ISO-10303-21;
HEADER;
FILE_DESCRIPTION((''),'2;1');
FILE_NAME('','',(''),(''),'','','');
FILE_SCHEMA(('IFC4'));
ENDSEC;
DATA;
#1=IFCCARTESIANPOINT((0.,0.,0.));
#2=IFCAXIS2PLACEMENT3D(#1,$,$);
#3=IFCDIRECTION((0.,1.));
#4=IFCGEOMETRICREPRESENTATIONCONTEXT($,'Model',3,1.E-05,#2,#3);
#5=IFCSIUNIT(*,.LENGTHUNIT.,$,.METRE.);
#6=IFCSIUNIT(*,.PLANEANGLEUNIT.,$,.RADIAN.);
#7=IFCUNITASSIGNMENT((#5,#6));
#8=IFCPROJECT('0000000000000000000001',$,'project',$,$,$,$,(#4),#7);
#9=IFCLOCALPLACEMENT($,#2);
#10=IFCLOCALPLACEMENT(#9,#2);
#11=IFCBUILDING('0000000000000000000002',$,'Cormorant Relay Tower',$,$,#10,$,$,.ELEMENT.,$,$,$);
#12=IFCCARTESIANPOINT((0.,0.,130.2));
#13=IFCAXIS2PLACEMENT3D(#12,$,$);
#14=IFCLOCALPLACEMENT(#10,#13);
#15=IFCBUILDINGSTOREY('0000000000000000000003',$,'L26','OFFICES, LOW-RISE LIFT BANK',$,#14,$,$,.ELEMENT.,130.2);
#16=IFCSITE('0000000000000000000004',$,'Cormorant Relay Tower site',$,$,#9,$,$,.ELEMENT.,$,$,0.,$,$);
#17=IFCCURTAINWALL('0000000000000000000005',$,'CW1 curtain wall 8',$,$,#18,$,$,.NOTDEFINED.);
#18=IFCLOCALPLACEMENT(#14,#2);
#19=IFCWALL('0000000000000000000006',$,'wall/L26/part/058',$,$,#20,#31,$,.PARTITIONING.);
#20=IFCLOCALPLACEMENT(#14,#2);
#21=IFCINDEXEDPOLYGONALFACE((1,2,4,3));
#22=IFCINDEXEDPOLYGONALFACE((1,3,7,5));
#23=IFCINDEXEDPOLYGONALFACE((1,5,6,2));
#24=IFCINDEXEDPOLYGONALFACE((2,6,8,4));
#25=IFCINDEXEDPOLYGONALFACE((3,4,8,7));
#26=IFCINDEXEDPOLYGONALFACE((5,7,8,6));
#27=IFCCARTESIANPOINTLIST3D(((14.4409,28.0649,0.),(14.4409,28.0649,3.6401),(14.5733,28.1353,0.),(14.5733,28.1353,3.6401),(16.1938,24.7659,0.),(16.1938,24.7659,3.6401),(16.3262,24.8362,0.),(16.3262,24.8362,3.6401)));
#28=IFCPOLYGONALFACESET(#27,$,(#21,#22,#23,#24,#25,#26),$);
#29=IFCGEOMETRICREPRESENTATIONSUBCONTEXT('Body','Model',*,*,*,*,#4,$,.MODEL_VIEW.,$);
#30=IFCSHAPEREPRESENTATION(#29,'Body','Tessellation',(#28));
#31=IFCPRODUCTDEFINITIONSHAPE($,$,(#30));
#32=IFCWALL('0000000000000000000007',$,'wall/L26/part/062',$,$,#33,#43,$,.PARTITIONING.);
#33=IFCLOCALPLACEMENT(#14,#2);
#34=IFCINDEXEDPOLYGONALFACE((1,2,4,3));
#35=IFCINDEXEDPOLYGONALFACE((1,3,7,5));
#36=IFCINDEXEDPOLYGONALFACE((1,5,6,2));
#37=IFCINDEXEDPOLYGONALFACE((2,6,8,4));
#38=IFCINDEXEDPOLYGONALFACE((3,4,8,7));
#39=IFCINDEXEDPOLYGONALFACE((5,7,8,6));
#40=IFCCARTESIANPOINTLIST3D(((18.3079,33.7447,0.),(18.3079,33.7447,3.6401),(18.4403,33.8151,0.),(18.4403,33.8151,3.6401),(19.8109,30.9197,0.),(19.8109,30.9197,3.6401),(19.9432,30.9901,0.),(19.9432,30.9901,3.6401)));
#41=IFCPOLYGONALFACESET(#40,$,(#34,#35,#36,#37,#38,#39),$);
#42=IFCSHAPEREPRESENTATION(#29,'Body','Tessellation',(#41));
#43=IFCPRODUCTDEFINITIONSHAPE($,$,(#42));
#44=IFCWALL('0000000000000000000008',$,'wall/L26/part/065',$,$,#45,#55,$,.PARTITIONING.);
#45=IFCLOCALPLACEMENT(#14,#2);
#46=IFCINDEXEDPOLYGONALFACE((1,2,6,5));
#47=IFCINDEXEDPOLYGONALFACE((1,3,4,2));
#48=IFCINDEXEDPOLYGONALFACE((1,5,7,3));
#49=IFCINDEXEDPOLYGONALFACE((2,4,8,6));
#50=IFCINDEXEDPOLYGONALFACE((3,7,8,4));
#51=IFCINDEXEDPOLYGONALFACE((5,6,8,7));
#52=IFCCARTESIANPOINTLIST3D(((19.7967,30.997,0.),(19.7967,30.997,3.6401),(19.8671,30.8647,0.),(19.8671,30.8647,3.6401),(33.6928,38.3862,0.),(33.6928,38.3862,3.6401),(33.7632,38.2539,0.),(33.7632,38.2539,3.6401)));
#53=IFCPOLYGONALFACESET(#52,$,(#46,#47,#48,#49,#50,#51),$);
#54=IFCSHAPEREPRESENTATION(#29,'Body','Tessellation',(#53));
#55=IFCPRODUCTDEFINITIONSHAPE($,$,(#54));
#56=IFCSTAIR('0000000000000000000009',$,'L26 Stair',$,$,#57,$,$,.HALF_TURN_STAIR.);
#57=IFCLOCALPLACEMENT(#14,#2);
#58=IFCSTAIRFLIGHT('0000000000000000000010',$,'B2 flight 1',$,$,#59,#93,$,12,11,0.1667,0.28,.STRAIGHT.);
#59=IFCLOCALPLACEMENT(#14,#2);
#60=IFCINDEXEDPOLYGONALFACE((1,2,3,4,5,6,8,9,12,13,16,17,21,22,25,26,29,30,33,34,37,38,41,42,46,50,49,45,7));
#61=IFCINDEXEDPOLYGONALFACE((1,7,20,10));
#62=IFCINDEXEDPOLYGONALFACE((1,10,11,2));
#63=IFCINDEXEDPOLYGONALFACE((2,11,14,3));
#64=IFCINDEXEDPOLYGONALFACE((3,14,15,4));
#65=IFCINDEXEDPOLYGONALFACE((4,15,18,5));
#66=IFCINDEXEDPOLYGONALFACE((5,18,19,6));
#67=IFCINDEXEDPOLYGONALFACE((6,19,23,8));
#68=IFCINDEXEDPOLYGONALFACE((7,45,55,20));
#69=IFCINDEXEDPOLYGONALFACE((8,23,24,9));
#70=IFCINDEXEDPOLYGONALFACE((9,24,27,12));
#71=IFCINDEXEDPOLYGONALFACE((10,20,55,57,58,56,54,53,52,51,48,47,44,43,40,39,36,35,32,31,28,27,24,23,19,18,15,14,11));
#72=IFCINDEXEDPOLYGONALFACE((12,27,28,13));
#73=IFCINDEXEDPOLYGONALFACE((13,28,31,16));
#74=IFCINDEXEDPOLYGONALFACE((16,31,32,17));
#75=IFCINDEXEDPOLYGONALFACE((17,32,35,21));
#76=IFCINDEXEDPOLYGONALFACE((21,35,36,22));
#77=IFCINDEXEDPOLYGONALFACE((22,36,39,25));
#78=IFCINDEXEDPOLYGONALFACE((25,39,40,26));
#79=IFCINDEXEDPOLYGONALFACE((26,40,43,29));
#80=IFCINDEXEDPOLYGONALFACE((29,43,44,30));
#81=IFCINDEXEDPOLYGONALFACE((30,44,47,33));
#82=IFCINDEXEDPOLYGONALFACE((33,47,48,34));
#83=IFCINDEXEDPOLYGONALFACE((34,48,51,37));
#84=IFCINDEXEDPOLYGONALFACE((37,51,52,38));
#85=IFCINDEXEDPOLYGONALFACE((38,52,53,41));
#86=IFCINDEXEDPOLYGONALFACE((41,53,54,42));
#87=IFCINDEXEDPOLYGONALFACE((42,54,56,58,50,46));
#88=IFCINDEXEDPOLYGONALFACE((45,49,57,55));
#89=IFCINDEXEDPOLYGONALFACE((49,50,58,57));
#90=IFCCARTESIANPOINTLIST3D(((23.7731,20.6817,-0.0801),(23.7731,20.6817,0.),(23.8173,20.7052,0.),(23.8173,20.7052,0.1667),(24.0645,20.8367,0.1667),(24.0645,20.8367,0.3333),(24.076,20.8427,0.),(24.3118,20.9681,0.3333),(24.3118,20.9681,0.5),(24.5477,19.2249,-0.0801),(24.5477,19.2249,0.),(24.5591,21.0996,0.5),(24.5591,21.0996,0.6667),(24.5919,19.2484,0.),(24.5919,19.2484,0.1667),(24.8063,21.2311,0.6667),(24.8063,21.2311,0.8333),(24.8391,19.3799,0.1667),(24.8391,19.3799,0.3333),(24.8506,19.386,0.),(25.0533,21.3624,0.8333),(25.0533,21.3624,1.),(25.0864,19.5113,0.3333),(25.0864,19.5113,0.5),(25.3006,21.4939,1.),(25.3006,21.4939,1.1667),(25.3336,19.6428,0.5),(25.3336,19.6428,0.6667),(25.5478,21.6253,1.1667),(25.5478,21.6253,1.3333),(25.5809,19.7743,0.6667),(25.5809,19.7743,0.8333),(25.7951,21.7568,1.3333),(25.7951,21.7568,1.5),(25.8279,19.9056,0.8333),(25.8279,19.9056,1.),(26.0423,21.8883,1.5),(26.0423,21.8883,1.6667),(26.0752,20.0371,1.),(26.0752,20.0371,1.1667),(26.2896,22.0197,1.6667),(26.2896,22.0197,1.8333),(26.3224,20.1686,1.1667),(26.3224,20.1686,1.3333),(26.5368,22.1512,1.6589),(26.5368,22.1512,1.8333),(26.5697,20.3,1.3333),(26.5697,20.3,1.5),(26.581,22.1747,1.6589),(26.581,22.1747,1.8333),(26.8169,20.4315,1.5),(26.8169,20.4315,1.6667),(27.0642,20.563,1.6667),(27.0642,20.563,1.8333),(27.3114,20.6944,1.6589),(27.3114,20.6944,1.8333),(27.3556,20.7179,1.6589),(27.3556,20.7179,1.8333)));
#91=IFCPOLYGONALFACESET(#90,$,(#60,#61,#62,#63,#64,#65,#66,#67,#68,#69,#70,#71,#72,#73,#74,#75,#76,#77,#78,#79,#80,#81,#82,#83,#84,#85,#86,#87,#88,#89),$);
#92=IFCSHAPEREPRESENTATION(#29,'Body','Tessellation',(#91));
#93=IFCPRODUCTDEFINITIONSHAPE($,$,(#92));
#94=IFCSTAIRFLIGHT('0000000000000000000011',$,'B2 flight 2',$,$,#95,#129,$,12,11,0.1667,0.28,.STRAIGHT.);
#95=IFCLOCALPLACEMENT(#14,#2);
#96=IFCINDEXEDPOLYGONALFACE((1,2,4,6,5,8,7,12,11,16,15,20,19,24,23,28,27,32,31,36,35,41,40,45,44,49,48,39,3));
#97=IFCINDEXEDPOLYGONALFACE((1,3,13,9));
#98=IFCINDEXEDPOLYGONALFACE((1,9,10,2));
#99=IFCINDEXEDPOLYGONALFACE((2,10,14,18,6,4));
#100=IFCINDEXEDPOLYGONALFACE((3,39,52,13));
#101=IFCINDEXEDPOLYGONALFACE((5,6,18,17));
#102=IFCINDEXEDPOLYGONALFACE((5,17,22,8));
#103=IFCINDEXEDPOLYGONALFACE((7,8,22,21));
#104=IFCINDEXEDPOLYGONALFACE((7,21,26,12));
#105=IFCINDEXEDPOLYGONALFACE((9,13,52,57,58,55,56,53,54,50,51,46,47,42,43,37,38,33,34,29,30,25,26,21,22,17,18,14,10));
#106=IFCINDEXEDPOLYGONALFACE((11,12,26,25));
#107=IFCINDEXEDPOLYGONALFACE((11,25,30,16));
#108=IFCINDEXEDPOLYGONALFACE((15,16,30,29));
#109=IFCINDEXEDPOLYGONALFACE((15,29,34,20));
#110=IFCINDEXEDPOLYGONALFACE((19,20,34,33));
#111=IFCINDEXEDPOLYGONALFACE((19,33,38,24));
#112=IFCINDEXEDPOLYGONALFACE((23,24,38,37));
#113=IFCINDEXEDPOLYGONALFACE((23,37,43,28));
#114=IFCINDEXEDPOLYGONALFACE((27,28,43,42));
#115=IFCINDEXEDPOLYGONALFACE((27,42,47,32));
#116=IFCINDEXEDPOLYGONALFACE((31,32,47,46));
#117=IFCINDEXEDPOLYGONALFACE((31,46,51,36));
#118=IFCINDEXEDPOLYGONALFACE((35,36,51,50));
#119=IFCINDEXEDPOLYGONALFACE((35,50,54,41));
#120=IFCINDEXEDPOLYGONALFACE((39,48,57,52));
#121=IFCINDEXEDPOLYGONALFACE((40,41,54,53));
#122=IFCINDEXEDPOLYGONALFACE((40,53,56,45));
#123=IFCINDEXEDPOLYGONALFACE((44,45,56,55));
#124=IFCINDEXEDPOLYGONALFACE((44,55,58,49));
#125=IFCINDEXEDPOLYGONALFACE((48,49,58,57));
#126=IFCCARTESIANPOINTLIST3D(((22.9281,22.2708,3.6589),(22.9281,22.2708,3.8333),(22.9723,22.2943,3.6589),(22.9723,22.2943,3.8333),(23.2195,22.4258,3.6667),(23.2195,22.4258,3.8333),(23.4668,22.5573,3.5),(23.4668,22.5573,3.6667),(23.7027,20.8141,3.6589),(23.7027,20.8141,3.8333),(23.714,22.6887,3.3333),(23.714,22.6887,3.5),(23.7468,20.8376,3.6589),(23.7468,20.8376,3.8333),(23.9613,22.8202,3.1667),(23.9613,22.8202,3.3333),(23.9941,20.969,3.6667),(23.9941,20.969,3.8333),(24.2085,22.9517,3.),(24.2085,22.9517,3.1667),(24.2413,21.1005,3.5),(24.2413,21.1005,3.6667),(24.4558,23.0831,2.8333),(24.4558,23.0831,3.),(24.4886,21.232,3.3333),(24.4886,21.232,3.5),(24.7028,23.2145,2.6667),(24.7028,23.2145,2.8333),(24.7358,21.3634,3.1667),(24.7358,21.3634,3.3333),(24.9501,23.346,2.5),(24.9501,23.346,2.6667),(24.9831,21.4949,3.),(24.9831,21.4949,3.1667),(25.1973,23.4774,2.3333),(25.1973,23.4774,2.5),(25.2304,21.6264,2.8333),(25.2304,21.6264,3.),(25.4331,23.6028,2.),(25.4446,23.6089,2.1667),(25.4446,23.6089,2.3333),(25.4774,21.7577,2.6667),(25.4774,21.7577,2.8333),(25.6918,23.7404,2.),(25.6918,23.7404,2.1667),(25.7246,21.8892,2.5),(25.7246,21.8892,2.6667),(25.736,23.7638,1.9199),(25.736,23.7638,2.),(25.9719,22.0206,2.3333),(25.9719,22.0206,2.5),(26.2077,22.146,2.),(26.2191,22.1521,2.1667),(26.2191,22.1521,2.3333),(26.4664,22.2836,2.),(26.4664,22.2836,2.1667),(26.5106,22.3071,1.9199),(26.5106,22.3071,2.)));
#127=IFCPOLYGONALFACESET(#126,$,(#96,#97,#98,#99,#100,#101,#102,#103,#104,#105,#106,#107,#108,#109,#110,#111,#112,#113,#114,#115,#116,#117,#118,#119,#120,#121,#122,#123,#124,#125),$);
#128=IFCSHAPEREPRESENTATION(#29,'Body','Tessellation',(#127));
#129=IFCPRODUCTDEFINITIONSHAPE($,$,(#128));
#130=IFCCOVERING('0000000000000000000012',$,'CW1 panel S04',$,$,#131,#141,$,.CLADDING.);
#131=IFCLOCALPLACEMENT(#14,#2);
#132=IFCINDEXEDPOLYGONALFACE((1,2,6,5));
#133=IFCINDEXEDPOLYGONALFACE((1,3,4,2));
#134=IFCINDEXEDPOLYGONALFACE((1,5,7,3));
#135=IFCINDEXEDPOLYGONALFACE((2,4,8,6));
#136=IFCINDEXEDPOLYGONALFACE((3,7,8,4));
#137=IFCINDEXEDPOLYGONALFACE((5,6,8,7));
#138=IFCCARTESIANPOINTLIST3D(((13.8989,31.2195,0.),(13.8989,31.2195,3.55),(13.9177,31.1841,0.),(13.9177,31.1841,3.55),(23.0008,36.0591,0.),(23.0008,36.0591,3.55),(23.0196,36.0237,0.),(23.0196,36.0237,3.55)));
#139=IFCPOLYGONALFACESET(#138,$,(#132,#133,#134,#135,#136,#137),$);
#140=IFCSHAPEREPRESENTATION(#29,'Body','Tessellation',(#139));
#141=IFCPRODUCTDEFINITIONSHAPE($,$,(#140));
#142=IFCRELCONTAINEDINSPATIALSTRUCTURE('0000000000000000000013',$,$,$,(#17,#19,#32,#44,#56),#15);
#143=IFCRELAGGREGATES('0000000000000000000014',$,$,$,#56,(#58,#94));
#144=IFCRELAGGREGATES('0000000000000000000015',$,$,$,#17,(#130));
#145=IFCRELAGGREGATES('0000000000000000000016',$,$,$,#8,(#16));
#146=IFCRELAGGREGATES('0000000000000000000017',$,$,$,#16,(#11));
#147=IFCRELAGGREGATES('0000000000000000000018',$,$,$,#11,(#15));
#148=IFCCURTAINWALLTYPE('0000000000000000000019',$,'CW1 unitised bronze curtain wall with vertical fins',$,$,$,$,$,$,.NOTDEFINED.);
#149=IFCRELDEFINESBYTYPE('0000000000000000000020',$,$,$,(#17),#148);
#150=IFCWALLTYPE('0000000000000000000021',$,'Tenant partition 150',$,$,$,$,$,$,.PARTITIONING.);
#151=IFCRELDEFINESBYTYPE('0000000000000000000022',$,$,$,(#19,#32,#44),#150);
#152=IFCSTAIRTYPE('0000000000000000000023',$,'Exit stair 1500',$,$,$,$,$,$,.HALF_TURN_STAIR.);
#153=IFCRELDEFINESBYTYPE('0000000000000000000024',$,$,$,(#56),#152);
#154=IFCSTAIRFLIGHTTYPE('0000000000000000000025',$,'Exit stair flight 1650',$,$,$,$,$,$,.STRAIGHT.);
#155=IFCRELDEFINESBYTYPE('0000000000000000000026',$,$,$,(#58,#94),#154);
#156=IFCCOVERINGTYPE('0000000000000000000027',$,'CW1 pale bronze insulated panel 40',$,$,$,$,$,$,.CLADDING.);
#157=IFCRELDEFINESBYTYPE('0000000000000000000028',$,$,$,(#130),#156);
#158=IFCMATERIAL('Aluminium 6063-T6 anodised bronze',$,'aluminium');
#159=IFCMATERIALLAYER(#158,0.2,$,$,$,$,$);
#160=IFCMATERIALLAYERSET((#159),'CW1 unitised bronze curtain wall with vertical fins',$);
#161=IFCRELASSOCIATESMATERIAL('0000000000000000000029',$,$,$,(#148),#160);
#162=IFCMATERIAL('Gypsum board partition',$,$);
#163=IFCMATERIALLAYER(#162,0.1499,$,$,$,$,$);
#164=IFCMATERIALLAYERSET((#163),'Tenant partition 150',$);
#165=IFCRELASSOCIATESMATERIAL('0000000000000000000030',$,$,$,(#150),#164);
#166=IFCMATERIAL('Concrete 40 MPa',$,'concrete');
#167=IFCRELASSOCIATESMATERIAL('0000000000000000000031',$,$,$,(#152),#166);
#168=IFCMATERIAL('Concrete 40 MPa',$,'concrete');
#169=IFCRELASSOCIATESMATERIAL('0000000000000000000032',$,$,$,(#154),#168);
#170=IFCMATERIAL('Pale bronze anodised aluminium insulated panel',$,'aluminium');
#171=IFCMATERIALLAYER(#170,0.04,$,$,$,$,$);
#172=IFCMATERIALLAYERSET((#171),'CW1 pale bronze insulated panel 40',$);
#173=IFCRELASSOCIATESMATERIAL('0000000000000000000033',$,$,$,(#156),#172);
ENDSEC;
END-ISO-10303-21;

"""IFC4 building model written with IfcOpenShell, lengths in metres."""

from ifc_helpers import new_model, si_unit, direction, frame, frame_2d, origin, origin_2d, place, context, subcontext, project, spatial, polyline, rectangle, outline, extrude, material, layer, layer_set, type_object, element, aggregate, save


model = new_model("IFC4")

# Units and contexts
model_context = context("Model", 3, precision=1e-05, world=origin(), true_north=direction((0.0, 1.0)))
body_context = subcontext(model_context, "Body", "Model", "MODEL_VIEW")
ifc_project = project(units=[si_unit("LENGTHUNIT", "METRE"), si_unit("PLANEANGLEUNIT", "RADIAN")], contexts=[model_context])

# Site, building, storey
site_placement = place(None, origin())
site = spatial("IfcSite", under=ifc_project, at=site_placement, Name="Cormorant Relay Tower site", CompositionType="ELEMENT", RefElevation=0.0)
building_placement = place(site_placement, origin())
building = spatial("IfcBuilding", under=site, at=building_placement, Name="Cormorant Relay Tower", CompositionType="ELEMENT")
storey_placement = place(building_placement, frame((0.0, 0.0, 130.2)))
storey = spatial("IfcBuildingStorey", under=building, at=storey_placement, Name="L26", Description="OFFICES, LOW-RISE LIFT BANK", CompositionType="ELEMENT", Elevation=130.2)

# Curtain wall
ifc_material_1 = material(Name="Aluminium 6063-T6 anodised bronze", Category="aluminium")
ifc_layer_1 = layer(ifc_material_1, 0.2)
ifc_layer_set_1 = layer_set([ifc_layer_1], Name="CW1 unitised bronze curtain wall with vertical fins")
curtain_wall_type = type_object("IfcCurtainWallType", Name="CW1 unitised bronze curtain wall with vertical fins", PredefinedType="NOTDEFINED", material=ifc_layer_set_1)
curtain_wall_placement = place(storey_placement, origin())
curtain_wall = element("IfcCurtainWall", 1, at=curtain_wall_placement, inside=storey, type_object=curtain_wall_type, Name="CW1 curtain wall 8", PredefinedType="NOTDEFINED")

# Walls
ifc_material_2 = material(Name="Gypsum board partition")
ifc_layer_2 = layer(ifc_material_2, 0.1499)
ifc_layer_set_2 = layer_set([ifc_layer_2], Name="Tenant partition 150")
wall_type_1 = type_object("IfcWallType", Name="Tenant partition 150", PredefinedType="PARTITIONING", material=ifc_layer_set_2)
wall_1_placement = place(storey_placement, frame((14.5071, 28.1001, 0.0), z_axis=(0.0, 0.0, 1.0), x_axis=(0.469217, -0.883083, 0.0)))
element("IfcWall", 2, at=wall_1_placement, inside=storey, type_object=wall_type_1, Name="wall/L26/part/058", PredefinedType="PARTITIONING", context=body_context, shape_type="SweptSolid", body=[
    extrude(rectangle(XDim=3.7358, YDim=0.1499, at=frame_2d((1.8679, 0.0))), origin(), (0.0, 0.0, 1.0), 3.6401),
])
wall_2_placement = place(storey_placement, frame((18.374, 33.78, 0.0), z_axis=(0.0, 0.0, 1.0), x_axis=(0.469685, -0.882834, 0.0)))
element("IfcWall", 3, at=wall_2_placement, inside=storey, type_object=wall_type_1, Name="wall/L26/part/062", PredefinedType="PARTITIONING", context=body_context, shape_type="SweptSolid", body=[
    extrude(rectangle(XDim=3.2, YDim=0.1499, at=frame_2d((1.6001, 0.0))), origin(), (0.0, 0.0, 1.0), 3.6401),
])
wall_3_placement = place(storey_placement, frame((19.832, 30.9309, 0.0), z_axis=(0.0, 0.0, 1.0), x_axis=(0.882934, 0.469498, 0.0)))
element("IfcWall", 4, at=wall_3_placement, inside=storey, type_object=wall_type_1, Name="wall/L26/part/065", PredefinedType="PARTITIONING", context=body_context, shape_type="SweptSolid", body=[
    extrude(rectangle(XDim=15.7385, YDim=0.1499, at=frame_2d((7.8691, 0.0))), origin(), (0.0, 0.0, 1.0), 3.6401),
])

# Stair, stair flights
ifc_material_3 = material(Name="Concrete 40 MPa", Category="concrete")
stair_type = type_object("IfcStairType", Name="Exit stair 1500", PredefinedType="HALF_TURN_STAIR", material=ifc_material_3)
stair_placement = place(storey_placement, origin())
stair = element("IfcStair", 5, at=stair_placement, inside=storey, type_object=stair_type, Name="L26 Stair", PredefinedType="HALF_TURN_STAIR")
ifc_material_4 = material(Name="Concrete 40 MPa", Category="concrete")
stair_flight_type = type_object("IfcStairFlightType", Name="Exit stair flight 1650", PredefinedType="STRAIGHT", material=ifc_material_4)
stair_flight_1_placement = place(storey_placement, frame((24.2046, 19.9768, 0.0), z_axis=(0.0, 0.0, 1.0), x_axis=(0.882948, 0.469472, 0.0)))
stair_flight_1 = element("IfcStairFlight", 6, at=stair_flight_1_placement, type_object=stair_flight_type, Name="B2 flight 1", NumberOfRisers=12, NumberOfTreads=11, PredefinedType="STRAIGHT", RiserHeight=0.1667, TreadLength=0.28, context=body_context, shape_type="SweptSolid", body=[
    extrude(outline(polyline([(-0.05, -0.0801), (-0.05, 0.0), (0.0, 0.0), (0.0, 0.1667), (0.28, 0.1667), (0.28, 0.3333), (0.5601, 0.3333), (0.5601, 0.5), (0.8401, 0.5), (0.8401, 0.6667), (1.1201, 0.6667), (1.1201, 0.8333), (1.3999, 0.8333), (1.3999, 1.0), (1.6799, 1.0), (1.6799, 1.1667), (1.96, 1.1667), (1.96, 1.3333), (2.24, 1.3333), (2.24, 1.5), (2.52, 1.5), (2.52, 1.6667), (2.8, 1.6667), (2.8, 1.8333), (3.0801, 1.8333), (3.1301, 1.8333), (3.1301, 1.6589), (3.0801, 1.6589), (0.293, 0.0), (-0.05, -0.0801)])), frame((0.0, 0.825, 0.0), z_axis=(0.0, -1.0, 0.0), x_axis=(1.0, 0.0, 0.0)), (0.0, 0.0, 1.0), 1.6499),
])
stair_flight_2_placement = place(storey_placement, frame((26.0791, 23.012, 2.0), z_axis=(0.0, 0.0, 1.0), x_axis=(-0.882948, -0.469472, 0.0)))
stair_flight_2 = element("IfcStairFlight", 7, at=stair_flight_2_placement, type_object=stair_flight_type, Name="B2 flight 2", NumberOfRisers=12, NumberOfTreads=11, PredefinedType="STRAIGHT", RiserHeight=0.1667, TreadLength=0.28, context=body_context, shape_type="SweptSolid", body=[
    extrude(outline(polyline([(-0.05, -0.0801), (-0.05, 0.0), (0.0, 0.0), (0.0, 0.1667), (0.28, 0.1667), (0.28, 0.3333), (0.5601, 0.3333), (0.5601, 0.5), (0.8401, 0.5), (0.8401, 0.6667), (1.1201, 0.6667), (1.1201, 0.8333), (1.3999, 0.8333), (1.3999, 1.0), (1.6799, 1.0), (1.6799, 1.1667), (1.96, 1.1667), (1.96, 1.3333), (2.24, 1.3333), (2.24, 1.5), (2.52, 1.5), (2.52, 1.6667), (2.8, 1.6667), (2.8, 1.8333), (3.0801, 1.8333), (3.1301, 1.8333), (3.1301, 1.6589), (3.0801, 1.6589), (0.293, 0.0), (-0.05, -0.0801)])), frame((0.0, 0.825, 0.0), z_axis=(0.0, -1.0, 0.0), x_axis=(1.0, 0.0, 0.0)), (0.0, 0.0, 1.0), 1.6499),
])
aggregate(stair, [stair_flight_1, stair_flight_2])

# Covering
ifc_material_5 = material(Name="Pale bronze anodised aluminium insulated panel", Category="aluminium")
ifc_layer_3 = layer(ifc_material_5, 0.04)
ifc_layer_set_3 = layer_set([ifc_layer_3], Name="CW1 pale bronze insulated panel 40")
covering_type = type_object("IfcCoveringType", Name="CW1 pale bronze insulated panel 40", PredefinedType="CLADDING", material=ifc_layer_set_3)
covering_placement = place(storey_placement, frame((18.4592, 33.6216, 0.0), z_axis=(0.0, 0.0, 1.0), x_axis=(-0.882948, -0.469472, 0.0)))
covering = element("IfcCovering", 8, at=covering_placement, type_object=covering_type, Name="CW1 panel S04", PredefinedType="CLADDING", context=body_context, shape_type="SweptSolid", body=[
    extrude(rectangle(XDim=10.3086, YDim=0.04, at=origin_2d()), origin(), (0.0, 0.0, 1.0), 3.55),
])
aggregate(curtain_wall, [covering])

save(model, "model.ifc")
